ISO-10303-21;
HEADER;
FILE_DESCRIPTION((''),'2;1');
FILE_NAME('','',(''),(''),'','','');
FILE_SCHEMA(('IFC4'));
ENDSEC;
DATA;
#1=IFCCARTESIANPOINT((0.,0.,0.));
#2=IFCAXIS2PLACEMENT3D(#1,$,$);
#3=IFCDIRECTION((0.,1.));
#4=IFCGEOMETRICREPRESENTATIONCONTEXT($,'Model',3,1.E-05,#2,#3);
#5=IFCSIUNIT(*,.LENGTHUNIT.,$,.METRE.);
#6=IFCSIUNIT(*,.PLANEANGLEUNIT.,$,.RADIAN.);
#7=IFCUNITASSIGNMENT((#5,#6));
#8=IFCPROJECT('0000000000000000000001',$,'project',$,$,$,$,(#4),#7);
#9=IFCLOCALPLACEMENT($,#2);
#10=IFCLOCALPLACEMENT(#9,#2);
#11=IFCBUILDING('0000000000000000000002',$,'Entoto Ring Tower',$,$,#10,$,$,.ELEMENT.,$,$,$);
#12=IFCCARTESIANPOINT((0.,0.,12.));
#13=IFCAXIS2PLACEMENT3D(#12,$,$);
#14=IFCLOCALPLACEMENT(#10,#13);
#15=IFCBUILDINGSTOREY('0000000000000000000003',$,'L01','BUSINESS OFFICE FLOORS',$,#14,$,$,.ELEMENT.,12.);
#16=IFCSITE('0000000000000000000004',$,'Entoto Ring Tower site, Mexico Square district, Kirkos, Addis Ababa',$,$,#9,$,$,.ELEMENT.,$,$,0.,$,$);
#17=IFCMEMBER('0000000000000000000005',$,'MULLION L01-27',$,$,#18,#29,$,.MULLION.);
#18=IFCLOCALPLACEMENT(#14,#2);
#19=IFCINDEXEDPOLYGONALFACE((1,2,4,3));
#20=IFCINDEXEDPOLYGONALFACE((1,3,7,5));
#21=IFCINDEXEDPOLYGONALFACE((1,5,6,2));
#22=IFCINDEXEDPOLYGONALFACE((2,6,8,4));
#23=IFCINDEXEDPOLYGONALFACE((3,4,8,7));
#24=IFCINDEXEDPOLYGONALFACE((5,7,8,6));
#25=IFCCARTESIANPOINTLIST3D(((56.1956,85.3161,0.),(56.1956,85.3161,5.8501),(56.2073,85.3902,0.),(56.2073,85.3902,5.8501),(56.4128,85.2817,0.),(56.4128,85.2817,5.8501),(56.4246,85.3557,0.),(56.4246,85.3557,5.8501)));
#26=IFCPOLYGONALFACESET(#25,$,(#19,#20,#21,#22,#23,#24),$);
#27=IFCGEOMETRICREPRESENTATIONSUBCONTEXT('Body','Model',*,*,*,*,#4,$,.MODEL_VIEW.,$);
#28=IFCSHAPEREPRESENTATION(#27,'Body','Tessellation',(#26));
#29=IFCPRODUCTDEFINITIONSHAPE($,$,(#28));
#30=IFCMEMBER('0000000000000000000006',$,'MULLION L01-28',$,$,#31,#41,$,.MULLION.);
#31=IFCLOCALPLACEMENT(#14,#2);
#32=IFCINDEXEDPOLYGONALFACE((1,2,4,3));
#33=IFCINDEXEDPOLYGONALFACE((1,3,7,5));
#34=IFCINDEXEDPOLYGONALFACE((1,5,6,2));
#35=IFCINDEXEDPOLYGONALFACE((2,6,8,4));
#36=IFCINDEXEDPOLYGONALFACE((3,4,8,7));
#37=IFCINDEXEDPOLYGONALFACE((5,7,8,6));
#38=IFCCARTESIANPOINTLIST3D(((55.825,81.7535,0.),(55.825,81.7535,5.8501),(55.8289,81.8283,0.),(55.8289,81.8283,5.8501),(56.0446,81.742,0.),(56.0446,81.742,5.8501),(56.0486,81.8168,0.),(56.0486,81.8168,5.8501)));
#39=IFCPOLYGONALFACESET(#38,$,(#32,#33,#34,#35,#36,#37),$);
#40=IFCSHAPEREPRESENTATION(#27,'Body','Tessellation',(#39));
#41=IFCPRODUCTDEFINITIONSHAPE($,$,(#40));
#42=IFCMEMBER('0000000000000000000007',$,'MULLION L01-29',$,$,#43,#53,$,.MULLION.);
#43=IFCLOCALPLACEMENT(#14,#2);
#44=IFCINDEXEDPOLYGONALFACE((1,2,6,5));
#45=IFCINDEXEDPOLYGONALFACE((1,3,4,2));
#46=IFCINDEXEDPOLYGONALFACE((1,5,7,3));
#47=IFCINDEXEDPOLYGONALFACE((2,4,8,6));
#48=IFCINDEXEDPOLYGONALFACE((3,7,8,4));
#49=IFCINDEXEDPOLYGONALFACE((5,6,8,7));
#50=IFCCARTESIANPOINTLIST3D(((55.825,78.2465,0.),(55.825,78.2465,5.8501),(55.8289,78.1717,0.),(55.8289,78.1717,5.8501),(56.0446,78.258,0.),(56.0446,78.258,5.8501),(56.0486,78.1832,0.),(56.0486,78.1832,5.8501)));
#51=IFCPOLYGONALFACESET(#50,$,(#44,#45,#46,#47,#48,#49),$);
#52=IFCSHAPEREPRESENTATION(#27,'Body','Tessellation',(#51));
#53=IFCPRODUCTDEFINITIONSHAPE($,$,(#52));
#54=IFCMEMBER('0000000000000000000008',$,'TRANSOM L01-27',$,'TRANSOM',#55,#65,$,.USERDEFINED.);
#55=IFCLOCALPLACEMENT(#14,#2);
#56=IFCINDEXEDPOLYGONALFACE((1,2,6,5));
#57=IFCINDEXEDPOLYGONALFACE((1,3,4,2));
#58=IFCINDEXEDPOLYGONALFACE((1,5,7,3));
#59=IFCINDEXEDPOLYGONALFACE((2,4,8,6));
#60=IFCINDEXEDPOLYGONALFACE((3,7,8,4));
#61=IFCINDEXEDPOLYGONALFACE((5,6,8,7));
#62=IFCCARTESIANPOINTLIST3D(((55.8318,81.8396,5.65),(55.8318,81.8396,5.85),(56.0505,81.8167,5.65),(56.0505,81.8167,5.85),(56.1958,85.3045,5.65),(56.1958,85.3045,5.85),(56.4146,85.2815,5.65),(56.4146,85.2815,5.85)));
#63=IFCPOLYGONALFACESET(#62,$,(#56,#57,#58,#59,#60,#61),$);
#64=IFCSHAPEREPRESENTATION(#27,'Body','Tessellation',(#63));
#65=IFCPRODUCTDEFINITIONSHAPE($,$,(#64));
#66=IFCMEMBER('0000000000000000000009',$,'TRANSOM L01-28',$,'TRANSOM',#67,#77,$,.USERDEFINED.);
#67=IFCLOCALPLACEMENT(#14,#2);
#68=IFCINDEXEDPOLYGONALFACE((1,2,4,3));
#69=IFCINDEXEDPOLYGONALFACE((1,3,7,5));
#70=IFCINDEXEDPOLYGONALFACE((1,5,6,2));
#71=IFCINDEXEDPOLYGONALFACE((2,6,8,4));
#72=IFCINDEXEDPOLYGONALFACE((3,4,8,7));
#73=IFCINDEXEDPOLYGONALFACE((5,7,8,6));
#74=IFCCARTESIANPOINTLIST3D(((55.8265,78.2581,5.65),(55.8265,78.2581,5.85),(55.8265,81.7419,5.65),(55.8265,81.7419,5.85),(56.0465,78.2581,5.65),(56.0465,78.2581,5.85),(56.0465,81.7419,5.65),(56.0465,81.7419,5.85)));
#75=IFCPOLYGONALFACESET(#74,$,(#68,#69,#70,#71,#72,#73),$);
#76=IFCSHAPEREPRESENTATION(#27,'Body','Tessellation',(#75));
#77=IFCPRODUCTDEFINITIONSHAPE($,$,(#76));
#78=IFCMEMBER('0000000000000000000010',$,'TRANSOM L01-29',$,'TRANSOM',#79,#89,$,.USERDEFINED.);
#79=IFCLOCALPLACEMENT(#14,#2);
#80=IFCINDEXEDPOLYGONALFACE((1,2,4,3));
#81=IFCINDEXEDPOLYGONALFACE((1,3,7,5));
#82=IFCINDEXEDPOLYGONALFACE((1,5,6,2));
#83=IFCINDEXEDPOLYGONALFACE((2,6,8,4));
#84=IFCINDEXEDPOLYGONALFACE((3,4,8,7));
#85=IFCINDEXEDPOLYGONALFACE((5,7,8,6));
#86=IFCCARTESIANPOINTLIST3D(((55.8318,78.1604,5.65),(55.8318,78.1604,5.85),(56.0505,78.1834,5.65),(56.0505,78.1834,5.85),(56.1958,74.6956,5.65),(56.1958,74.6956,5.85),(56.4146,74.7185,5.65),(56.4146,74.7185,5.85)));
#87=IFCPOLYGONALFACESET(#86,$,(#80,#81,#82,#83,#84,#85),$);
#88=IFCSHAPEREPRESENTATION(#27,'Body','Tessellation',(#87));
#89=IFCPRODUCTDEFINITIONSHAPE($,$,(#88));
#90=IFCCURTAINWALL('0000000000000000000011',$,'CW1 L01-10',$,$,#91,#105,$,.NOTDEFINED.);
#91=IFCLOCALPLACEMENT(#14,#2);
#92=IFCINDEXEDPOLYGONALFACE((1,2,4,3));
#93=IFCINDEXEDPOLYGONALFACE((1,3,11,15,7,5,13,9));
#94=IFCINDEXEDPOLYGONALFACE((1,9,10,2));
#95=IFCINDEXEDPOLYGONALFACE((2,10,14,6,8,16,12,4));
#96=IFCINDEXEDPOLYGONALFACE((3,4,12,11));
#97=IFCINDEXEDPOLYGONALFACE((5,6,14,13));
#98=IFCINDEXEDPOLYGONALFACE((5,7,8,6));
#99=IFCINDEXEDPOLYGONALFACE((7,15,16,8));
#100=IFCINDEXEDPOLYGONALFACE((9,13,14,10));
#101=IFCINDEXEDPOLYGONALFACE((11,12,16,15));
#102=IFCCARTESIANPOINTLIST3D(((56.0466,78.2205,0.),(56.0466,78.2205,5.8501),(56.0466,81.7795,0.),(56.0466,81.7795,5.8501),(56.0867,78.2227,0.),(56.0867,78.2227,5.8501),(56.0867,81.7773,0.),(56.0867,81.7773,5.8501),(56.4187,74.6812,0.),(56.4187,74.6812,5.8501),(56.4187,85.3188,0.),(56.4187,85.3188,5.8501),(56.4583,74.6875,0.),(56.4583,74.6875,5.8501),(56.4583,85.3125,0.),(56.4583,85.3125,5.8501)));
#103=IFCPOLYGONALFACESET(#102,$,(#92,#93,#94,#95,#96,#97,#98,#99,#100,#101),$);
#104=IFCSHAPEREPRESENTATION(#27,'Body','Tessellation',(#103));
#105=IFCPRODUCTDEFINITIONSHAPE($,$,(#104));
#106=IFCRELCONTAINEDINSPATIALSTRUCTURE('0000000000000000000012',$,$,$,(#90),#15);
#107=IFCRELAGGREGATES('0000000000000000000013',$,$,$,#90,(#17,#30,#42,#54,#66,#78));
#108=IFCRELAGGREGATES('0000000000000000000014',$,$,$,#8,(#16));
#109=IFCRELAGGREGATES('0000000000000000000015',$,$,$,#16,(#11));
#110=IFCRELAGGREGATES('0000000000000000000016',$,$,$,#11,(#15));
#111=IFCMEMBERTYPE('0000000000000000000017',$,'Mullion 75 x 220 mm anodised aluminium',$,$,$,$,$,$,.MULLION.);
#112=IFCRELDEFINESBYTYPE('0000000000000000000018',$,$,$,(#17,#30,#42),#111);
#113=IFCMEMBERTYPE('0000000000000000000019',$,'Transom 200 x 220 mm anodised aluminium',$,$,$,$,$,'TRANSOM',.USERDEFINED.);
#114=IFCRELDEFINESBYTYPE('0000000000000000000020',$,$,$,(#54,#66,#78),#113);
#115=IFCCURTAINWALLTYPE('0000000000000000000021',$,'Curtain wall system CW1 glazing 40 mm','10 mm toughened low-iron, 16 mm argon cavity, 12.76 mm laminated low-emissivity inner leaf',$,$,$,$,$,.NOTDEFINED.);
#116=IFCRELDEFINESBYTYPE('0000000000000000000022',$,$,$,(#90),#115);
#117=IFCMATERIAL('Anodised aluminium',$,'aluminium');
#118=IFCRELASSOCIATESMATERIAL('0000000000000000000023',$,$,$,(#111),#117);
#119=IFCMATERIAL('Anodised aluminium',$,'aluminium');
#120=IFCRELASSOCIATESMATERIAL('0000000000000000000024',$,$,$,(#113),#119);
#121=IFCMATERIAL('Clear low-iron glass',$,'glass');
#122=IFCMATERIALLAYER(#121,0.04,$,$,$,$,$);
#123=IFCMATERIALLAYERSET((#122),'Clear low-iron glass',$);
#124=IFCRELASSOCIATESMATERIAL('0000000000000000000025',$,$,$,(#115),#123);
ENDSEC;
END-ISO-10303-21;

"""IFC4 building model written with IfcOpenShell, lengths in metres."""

from ifc_helpers import new_model, si_unit, direction, frame, origin, origin_2d, place, context, subcontext, project, spatial, polyline, rectangle, outline, extrude, material, layer, layer_set, material_profile, profile_set, type_object, element, aggregate, save


model = new_model("IFC4")

# Units and contexts
model_context = context("Model", 3, precision=1e-05, world=origin(), true_north=direction((0.0, 1.0)))
body_context = subcontext(model_context, "Body", "Model", "MODEL_VIEW")
ifc_project = project(units=[si_unit("LENGTHUNIT", "METRE"), si_unit("PLANEANGLEUNIT", "RADIAN")], contexts=[model_context])

# Members
ifc_material_1 = material(Name="Anodised aluminium", Category="aluminium")
ifc_material_profile_1 = material_profile(ifc_material_1, rectangle(XDim=0.075, YDim=0.22, at=origin_2d()), Name="Mullion 75 x 220 mm anodised aluminium")
ifc_profile_set_1 = profile_set([ifc_material_profile_1], Name="Anodised aluminium")
member_type_1 = type_object("IfcMemberType", Name="Mullion 75 x 220 mm anodised aluminium", PredefinedType="MULLION", material=ifc_profile_set_1)
site_placement = place(None, origin())
building_placement = place(site_placement, origin())
storey_placement = place(building_placement, frame((0.0, 0.0, 12.0)))
member_1_placement = place(storey_placement, frame((56.3101, 85.3359, 0.0), z_axis=(0.0, 0.0, 1.0), x_axis=(-0.156434, -0.987688, 0.0)))
member_1 = element("IfcMember", 1, at=member_1_placement, type_object=member_type_1, Name="MULLION L01-27", PredefinedType="MULLION", context=body_context, shape_type="SweptSolid", body=[
    extrude(rectangle(XDim=0.075, YDim=0.22, at=origin_2d()), origin(), (0.0, 0.0, 1.0), 5.8501),
])
member_2_placement = place(storey_placement, frame((55.9368, 81.7852, 0.0), z_axis=(0.0, 0.0, 1.0), x_axis=(-0.052336, -0.99863, 0.0)))
member_2 = element("IfcMember", 2, at=member_2_placement, type_object=member_type_1, Name="MULLION L01-28", PredefinedType="MULLION", context=body_context, shape_type="SweptSolid", body=[
    extrude(rectangle(XDim=0.075, YDim=0.22, at=origin_2d()), origin(), (0.0, 0.0, 1.0), 5.8501),
])
member_3_placement = place(storey_placement, frame((55.9368, 78.2148, 0.0), z_axis=(0.0, 0.0, 1.0), x_axis=(0.052336, -0.99863, 0.0)))
member_3 = element("IfcMember", 3, at=member_3_placement, type_object=member_type_1, Name="MULLION L01-29", PredefinedType="MULLION", context=body_context, shape_type="SweptSolid", body=[
    extrude(rectangle(XDim=0.075, YDim=0.22, at=origin_2d()), origin(), (0.0, 0.0, 1.0), 5.8501),
])
ifc_material_2 = material(Name="Anodised aluminium", Category="aluminium")
ifc_material_profile_2 = material_profile(ifc_material_2, rectangle(XDim=0.22, YDim=0.2, at=origin_2d()), Name="Transom 200 x 220 mm anodised aluminium")
ifc_profile_set_2 = profile_set([ifc_material_profile_2], Name="Anodised aluminium")
member_type_2 = type_object("IfcMemberType", Name="Transom 200 x 220 mm anodised aluminium", ElementType="TRANSOM", PredefinedType="USERDEFINED", material=ifc_profile_set_2)
member_4_placement = place(storey_placement, frame((56.3052, 85.293, 5.75), z_axis=(-0.104484, -0.994527, 0.0), x_axis=(0.994527, -0.104484, 0.0)))
member_4 = element("IfcMember", 4, at=member_4_placement, type_object=member_type_2, Name="TRANSOM L01-27", ObjectType="TRANSOM", PredefinedType="USERDEFINED", context=body_context, shape_type="SweptSolid", body=[
    extrude(rectangle(XDim=0.22, YDim=0.2, at=origin_2d()), origin(), (0.0, 0.0, 1.0), 3.4839),
])
member_5_placement = place(storey_placement, frame((55.9365, 81.7419, 5.75), z_axis=(0.0, -1.0, 0.0), x_axis=(1.0, 0.0, 0.0)))
member_5 = element("IfcMember", 5, at=member_5_placement, type_object=member_type_2, Name="TRANSOM L01-28", ObjectType="TRANSOM", PredefinedType="USERDEFINED", context=body_context, shape_type="SweptSolid", body=[
    extrude(rectangle(XDim=0.22, YDim=0.2, at=origin_2d()), origin(), (0.0, 0.0, 1.0), 3.4839),
])
member_6_placement = place(storey_placement, frame((55.9412, 78.1719, 5.75), z_axis=(0.104484, -0.994527, 0.0), x_axis=(0.994527, 0.104484, 0.0)))
member_6 = element("IfcMember", 6, at=member_6_placement, type_object=member_type_2, Name="TRANSOM L01-29", ObjectType="TRANSOM", PredefinedType="USERDEFINED", context=body_context, shape_type="SweptSolid", body=[
    extrude(rectangle(XDim=0.22, YDim=0.2, at=origin_2d()), origin(), (0.0, 0.0, 1.0), 3.4839),
])

# Site, building, storey
site = spatial("IfcSite", under=ifc_project, at=site_placement, Name="Entoto Ring Tower site, Mexico Square district, Kirkos, Addis Ababa", CompositionType="ELEMENT", RefElevation=0.0)
building = spatial("IfcBuilding", under=site, at=building_placement, Name="Entoto Ring Tower", CompositionType="ELEMENT")
storey = spatial("IfcBuildingStorey", under=building, at=storey_placement, Name="L01", Description="BUSINESS OFFICE FLOORS", CompositionType="ELEMENT", Elevation=12.0)

# Curtain wall
ifc_material_3 = material(Name="Clear low-iron glass", Category="glass")
ifc_layer = layer(ifc_material_3, 0.04)
ifc_layer_set = layer_set([ifc_layer], Name="Clear low-iron glass")
curtain_wall_type = type_object("IfcCurtainWallType", Name="Curtain wall system CW1 glazing 40 mm", Description="10 mm toughened low-iron, 16 mm argon cavity, 12.76 mm laminated low-emissivity inner leaf", PredefinedType="NOTDEFINED", material=ifc_layer_set)
curtain_wall_1_placement = place(storey_placement, origin())
curtain_wall_1 = element("IfcCurtainWall", 7, at=curtain_wall_1_placement, inside=storey, type_object=curtain_wall_type, Name="CW1 L01-10", PredefinedType="NOTDEFINED", context=body_context, shape_type="SweptSolid", body=[
    extrude(outline(polyline([(56.4187, 85.3188), (56.0466, 81.7795), (56.0466, 78.2205), (56.4187, 74.6812), (56.4583, 74.6875), (56.0867, 78.2227), (56.0867, 81.7773), (56.4583, 85.3125), (56.4187, 85.3188)])), origin(), (0.0, 0.0, 1.0), 5.8501),
])
aggregate(curtain_wall_1, [member_1, member_2, member_3, member_4, member_5, member_6])

save(model, "model.ifc")
